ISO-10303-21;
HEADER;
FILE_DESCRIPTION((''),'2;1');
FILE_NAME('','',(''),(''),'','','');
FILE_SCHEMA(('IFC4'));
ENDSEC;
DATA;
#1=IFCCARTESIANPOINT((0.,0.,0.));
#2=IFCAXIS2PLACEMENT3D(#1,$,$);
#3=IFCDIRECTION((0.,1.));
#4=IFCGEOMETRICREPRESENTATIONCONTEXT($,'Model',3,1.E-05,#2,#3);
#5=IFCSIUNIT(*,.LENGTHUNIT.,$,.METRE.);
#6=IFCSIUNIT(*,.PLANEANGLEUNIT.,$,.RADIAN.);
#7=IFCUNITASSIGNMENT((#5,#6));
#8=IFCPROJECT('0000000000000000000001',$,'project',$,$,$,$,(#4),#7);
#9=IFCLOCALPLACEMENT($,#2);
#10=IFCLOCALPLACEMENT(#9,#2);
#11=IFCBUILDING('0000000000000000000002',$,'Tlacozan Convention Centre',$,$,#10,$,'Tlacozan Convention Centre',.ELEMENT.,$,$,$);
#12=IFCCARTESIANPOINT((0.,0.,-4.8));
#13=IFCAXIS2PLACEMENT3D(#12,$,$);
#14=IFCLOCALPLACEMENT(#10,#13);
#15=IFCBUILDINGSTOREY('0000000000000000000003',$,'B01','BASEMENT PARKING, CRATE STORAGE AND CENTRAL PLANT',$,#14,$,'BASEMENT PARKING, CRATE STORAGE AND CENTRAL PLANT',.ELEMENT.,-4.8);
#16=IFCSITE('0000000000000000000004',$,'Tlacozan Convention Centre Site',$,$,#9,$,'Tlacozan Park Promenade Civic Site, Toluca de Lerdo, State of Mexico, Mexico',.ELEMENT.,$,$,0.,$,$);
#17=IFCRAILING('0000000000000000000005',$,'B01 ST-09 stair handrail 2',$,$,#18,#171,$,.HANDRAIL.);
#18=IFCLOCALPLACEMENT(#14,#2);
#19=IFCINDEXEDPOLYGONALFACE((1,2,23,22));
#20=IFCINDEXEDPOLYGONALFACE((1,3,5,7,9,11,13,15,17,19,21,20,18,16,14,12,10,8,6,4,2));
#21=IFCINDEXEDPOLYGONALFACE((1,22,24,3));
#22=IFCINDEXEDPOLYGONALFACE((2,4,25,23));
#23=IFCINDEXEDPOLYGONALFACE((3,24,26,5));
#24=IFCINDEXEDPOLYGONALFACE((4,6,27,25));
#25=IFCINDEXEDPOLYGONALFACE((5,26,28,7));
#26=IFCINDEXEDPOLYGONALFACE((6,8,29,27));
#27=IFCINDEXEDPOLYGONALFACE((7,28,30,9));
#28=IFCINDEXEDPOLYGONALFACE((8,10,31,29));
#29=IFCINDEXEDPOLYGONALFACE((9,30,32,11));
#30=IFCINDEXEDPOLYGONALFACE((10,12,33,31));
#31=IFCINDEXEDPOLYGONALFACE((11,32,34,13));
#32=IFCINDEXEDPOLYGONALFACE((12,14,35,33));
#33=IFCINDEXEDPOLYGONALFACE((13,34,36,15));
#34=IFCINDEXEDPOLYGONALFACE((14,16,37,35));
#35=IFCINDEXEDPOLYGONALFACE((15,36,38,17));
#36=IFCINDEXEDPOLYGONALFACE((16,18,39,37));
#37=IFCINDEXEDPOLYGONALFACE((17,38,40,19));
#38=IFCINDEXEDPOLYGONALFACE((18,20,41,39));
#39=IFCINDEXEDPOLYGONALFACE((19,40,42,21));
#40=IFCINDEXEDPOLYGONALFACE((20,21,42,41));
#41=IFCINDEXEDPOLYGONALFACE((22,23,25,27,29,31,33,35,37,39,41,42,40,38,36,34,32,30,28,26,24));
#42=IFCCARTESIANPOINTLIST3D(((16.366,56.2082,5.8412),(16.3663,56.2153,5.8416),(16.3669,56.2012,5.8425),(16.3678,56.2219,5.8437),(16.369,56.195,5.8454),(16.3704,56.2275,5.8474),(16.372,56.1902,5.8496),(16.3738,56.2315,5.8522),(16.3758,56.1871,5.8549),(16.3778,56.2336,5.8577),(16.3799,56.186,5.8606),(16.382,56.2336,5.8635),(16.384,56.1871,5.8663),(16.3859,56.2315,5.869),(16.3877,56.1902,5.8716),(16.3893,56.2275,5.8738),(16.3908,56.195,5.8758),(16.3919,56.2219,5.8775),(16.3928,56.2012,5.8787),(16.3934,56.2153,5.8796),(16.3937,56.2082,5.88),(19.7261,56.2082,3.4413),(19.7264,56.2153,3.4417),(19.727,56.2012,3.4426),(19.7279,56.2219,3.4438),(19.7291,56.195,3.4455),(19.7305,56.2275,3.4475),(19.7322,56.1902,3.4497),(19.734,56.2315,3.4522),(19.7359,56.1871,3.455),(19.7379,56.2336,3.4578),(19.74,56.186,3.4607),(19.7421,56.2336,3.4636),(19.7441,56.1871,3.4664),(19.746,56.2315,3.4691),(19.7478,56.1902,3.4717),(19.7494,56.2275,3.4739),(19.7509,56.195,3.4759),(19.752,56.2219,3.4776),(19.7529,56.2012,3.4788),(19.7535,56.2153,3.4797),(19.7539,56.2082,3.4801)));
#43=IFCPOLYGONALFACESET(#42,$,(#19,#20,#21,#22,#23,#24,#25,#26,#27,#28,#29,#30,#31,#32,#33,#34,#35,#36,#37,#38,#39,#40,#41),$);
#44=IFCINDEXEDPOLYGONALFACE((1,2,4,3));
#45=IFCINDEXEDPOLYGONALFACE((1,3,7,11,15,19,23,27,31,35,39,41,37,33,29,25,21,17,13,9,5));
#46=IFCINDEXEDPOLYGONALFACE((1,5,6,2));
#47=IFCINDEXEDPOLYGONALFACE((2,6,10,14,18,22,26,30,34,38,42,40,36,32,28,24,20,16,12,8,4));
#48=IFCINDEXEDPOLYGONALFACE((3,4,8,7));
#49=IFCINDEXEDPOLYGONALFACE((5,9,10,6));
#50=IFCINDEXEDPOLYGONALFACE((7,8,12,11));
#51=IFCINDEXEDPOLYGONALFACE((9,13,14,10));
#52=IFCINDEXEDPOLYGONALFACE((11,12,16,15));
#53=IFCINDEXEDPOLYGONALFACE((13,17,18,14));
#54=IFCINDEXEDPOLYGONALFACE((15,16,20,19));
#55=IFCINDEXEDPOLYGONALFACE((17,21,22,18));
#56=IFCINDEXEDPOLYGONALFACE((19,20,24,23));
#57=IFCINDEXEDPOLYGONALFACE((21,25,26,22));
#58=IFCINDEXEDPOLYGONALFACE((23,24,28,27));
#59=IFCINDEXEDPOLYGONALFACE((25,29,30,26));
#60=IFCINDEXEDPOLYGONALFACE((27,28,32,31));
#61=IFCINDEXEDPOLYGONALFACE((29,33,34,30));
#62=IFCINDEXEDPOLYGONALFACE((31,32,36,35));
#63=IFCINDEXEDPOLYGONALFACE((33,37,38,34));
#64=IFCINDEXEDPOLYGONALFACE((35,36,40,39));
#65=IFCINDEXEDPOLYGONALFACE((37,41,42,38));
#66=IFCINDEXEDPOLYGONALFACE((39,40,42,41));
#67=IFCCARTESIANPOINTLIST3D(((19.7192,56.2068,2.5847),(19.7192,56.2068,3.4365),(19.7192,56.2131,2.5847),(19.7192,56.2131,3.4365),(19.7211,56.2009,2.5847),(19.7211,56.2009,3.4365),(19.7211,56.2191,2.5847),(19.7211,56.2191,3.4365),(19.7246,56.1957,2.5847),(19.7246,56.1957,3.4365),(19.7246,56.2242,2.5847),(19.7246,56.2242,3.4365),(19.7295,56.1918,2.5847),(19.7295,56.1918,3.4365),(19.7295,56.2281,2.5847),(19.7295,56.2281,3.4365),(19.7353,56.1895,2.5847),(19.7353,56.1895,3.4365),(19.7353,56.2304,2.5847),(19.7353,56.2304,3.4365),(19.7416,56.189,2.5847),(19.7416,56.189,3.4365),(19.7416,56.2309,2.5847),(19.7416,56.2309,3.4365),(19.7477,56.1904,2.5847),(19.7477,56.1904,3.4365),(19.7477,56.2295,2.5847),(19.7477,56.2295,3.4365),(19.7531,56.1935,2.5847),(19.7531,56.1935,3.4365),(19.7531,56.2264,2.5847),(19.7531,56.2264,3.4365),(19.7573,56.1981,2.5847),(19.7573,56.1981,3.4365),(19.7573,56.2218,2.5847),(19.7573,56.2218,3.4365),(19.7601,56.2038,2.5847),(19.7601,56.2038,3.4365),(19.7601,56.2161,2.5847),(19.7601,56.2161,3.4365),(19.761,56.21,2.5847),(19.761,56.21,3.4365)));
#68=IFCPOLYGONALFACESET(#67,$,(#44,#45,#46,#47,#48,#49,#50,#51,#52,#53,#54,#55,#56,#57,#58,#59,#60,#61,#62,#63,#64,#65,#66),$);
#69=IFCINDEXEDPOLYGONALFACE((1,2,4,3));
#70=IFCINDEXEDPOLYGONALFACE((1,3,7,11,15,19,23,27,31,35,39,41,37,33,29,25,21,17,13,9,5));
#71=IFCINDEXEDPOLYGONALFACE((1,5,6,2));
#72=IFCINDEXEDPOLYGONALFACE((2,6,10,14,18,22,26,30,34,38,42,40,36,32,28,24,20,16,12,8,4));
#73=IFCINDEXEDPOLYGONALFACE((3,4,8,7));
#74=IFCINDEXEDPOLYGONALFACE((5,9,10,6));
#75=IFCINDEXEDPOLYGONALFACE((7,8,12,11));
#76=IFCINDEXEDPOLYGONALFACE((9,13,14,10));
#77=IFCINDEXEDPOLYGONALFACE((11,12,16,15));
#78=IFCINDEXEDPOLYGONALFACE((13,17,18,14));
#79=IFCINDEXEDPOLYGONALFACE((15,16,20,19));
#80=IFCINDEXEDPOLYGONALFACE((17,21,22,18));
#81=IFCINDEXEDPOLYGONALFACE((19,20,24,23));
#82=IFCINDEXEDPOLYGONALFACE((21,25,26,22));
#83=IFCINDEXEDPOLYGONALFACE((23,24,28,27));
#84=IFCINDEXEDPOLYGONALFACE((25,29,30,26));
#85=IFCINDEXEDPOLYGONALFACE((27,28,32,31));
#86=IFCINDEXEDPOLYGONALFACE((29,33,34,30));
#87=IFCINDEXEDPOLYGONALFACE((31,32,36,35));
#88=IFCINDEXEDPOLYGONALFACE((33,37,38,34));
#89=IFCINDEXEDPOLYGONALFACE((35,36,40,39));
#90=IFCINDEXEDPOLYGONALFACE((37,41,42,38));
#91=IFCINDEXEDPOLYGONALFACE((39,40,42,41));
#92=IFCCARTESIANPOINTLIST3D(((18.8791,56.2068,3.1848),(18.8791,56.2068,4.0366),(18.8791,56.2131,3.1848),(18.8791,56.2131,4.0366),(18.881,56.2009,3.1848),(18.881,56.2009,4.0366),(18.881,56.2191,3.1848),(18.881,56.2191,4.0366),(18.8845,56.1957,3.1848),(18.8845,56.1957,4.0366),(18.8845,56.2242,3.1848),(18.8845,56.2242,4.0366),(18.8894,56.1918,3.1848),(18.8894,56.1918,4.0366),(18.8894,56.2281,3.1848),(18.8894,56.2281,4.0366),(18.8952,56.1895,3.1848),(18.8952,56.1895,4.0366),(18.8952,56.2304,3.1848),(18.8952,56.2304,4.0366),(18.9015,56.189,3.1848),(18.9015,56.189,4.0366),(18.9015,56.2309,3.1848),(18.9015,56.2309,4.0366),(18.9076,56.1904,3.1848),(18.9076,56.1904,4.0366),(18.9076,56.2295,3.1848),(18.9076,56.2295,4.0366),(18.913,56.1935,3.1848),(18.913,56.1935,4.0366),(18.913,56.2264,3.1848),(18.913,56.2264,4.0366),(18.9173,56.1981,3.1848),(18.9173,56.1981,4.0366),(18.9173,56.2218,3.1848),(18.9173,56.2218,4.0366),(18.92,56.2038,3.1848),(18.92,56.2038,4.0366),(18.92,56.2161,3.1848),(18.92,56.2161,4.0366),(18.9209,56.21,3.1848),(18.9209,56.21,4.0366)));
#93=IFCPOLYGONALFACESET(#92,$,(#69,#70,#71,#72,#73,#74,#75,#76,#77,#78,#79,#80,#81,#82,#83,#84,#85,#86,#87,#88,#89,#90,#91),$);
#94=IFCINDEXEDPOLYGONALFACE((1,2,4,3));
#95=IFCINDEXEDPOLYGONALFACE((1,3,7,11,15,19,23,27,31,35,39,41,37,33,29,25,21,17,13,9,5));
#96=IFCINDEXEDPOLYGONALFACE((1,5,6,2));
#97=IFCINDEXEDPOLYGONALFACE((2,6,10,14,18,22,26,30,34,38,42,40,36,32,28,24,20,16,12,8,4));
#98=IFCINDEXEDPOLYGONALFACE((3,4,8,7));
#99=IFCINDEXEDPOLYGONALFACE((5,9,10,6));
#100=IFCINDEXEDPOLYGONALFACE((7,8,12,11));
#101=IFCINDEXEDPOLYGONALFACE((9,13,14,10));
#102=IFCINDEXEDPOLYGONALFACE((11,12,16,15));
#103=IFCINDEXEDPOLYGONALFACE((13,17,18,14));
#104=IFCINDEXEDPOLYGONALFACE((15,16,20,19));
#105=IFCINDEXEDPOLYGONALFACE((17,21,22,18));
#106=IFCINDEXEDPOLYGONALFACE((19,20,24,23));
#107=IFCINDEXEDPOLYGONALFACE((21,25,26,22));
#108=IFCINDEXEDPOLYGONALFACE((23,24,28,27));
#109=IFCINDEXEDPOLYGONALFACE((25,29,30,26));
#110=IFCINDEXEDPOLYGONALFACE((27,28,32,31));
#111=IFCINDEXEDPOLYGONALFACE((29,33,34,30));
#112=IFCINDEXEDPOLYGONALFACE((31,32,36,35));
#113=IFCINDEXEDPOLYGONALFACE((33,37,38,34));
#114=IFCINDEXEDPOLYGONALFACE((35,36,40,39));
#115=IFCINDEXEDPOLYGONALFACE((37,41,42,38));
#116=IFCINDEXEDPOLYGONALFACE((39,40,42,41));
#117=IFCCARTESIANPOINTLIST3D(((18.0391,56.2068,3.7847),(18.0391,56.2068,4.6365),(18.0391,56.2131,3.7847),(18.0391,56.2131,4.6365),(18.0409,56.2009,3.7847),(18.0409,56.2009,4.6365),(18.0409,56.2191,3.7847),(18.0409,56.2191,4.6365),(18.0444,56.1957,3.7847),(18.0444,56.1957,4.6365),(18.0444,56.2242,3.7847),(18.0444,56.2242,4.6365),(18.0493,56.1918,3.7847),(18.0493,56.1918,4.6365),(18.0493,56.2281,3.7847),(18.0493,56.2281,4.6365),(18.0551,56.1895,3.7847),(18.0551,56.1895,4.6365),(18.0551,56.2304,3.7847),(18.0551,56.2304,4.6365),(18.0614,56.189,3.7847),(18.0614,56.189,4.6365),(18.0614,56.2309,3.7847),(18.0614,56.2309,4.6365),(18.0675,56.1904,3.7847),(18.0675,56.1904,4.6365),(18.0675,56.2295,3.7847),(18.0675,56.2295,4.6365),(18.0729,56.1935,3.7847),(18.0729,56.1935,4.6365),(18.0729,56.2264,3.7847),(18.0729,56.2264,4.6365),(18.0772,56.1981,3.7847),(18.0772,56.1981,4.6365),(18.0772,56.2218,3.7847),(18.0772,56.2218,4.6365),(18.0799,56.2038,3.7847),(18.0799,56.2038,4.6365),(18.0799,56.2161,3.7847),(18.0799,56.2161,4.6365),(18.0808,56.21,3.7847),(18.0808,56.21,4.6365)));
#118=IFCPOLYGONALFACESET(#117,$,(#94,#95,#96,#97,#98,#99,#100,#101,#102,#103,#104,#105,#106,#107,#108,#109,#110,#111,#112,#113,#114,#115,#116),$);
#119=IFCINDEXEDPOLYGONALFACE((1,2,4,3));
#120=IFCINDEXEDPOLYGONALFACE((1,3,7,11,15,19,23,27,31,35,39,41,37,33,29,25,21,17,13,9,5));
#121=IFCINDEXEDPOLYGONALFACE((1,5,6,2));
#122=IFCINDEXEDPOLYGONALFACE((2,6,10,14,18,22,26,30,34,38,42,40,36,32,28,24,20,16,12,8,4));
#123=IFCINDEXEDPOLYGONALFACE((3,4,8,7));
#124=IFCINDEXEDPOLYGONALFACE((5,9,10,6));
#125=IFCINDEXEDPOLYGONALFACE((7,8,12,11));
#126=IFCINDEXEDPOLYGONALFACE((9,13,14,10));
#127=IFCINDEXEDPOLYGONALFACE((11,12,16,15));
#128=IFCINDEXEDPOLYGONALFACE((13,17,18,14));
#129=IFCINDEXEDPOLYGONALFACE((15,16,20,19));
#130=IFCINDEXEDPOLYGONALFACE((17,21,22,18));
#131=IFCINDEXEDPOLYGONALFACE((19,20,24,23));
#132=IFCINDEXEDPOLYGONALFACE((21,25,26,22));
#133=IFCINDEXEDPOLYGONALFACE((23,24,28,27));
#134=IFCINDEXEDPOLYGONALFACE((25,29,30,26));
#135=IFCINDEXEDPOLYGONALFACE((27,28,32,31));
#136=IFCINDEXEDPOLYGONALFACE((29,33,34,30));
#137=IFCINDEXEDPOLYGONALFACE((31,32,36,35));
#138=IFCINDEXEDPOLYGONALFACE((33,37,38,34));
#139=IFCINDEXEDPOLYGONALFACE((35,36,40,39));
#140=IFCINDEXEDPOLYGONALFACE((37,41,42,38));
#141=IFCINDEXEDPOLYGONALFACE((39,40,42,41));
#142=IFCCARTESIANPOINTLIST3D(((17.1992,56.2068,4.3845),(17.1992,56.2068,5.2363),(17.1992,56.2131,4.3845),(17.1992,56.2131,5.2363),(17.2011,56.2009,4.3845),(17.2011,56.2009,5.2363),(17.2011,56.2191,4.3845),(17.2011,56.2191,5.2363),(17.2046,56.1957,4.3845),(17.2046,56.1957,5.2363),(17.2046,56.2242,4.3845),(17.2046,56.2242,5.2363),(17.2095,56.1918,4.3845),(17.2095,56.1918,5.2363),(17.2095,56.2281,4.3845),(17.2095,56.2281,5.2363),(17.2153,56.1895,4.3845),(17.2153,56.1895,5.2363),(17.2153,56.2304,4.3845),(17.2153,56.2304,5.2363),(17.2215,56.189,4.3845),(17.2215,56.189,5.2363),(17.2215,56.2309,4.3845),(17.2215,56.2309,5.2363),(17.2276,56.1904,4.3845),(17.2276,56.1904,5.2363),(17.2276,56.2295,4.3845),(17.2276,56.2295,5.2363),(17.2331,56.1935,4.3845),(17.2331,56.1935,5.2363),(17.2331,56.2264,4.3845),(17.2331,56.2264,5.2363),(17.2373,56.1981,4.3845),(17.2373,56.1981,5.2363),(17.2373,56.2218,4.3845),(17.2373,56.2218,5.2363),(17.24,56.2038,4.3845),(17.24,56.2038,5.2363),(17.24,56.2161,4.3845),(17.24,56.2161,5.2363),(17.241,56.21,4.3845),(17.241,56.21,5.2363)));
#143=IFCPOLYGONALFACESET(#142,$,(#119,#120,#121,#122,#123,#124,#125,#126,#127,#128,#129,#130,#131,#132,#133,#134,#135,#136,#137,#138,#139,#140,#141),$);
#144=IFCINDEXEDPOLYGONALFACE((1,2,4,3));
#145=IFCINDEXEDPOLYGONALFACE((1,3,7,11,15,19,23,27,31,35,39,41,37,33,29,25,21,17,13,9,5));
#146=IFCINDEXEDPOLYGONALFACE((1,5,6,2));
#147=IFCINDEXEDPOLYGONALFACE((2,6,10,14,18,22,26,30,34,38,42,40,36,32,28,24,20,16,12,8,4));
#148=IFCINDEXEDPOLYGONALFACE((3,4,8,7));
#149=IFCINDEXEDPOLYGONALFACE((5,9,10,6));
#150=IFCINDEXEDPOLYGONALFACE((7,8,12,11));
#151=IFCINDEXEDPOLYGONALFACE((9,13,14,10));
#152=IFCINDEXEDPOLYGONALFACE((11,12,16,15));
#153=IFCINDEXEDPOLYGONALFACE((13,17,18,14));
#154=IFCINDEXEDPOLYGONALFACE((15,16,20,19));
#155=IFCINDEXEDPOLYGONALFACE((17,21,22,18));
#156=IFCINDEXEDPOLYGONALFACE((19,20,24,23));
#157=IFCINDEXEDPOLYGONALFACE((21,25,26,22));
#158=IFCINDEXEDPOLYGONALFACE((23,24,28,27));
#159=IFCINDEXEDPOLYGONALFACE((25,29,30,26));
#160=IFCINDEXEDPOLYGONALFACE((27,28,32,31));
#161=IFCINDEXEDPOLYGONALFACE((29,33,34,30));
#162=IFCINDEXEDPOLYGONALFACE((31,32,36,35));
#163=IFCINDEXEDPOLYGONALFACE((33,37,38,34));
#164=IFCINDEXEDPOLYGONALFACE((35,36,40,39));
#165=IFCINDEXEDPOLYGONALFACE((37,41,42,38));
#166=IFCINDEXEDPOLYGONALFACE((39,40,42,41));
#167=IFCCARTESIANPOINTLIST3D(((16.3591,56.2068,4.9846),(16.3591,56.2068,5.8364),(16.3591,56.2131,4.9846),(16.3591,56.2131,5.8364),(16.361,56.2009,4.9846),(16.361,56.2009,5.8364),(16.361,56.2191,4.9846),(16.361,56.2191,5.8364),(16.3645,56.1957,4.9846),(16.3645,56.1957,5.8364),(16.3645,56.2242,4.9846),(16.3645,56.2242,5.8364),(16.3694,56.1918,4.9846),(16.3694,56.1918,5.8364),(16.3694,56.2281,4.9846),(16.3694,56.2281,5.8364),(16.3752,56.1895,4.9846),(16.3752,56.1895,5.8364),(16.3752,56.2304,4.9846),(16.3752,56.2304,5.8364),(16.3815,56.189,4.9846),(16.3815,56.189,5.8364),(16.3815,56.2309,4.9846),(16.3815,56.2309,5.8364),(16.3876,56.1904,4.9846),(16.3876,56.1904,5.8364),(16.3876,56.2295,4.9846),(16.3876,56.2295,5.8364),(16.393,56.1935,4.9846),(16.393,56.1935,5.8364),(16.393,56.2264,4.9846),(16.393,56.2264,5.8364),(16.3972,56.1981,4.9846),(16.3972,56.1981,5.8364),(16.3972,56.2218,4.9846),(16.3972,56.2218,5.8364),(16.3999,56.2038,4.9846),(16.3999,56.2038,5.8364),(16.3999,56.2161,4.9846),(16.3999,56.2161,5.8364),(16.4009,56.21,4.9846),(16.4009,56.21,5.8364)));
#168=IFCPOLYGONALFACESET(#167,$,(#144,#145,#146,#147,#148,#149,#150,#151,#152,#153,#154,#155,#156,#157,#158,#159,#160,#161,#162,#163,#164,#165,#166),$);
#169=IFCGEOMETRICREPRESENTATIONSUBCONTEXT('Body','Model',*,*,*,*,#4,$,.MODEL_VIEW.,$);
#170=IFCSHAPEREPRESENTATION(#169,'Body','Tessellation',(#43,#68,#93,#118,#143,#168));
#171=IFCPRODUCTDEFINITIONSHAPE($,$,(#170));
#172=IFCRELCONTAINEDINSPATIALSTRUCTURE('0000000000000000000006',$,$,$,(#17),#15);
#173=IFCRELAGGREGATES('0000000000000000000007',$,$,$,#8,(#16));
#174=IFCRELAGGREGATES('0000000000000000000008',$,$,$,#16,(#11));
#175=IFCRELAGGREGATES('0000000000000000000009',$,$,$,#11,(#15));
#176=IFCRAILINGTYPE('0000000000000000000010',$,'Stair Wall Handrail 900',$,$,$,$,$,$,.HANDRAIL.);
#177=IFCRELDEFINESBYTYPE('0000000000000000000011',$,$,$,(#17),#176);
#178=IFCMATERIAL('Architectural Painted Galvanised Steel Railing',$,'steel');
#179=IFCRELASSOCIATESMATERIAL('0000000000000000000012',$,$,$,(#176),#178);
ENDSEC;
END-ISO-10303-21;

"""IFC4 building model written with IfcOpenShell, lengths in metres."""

from ifc_helpers import new_model, si_unit, direction, frame, origin, origin_2d, place, context, subcontext, project, spatial, circle, extrude, material, type_object, element, save


model = new_model("IFC4")

# Units and contexts
model_context = context("Model", 3, precision=1e-05, world=origin(), true_north=direction((0.0, 1.0)))
body_context = subcontext(model_context, "Body", "Model", "MODEL_VIEW")
ifc_project = project(units=[si_unit("LENGTHUNIT", "METRE"), si_unit("PLANEANGLEUNIT", "RADIAN")], contexts=[model_context])

# Site, building, storey
site_placement = place(None, origin())
site = spatial("IfcSite", under=ifc_project, at=site_placement, Name="Tlacozan Convention Centre Site", LongName="Tlacozan Park Promenade Civic Site, Toluca de Lerdo, State of Mexico, Mexico", CompositionType="ELEMENT", RefElevation=0.0)
building_placement = place(site_placement, origin())
building = spatial("IfcBuilding", under=site, at=building_placement, Name="Tlacozan Convention Centre", LongName="Tlacozan Convention Centre", CompositionType="ELEMENT")
storey_placement = place(building_placement, frame((0.0, 0.0, -4.8)))
storey = spatial("IfcBuildingStorey", under=building, at=storey_placement, Name="B01", Description="BASEMENT PARKING, CRATE STORAGE AND CENTRAL PLANT", LongName="BASEMENT PARKING, CRATE STORAGE AND CENTRAL PLANT", CompositionType="ELEMENT", Elevation=-4.8)

# Railing
ifc_material_1 = material(Name="Architectural Painted Galvanised Steel Railing", Category="steel")
railing_type_1 = type_object("IfcRailingType", Name="Stair Wall Handrail 900", PredefinedType="HANDRAIL", material=ifc_material_1)
railing_1_placement = place(storey_placement, frame((19.74, 56.21, 2.5847)))
element("IfcRailing", 1, at=railing_1_placement, inside=storey, type_object=railing_type_1, Name="B01 ST-09 stair handrail 2", PredefinedType="HANDRAIL", context=body_context, shape_type="SweptSolid", body=[
    extrude(circle(Radius=0.0239, at=origin_2d()), frame((0.0, 0.0, 0.876), z_axis=(-0.813753, 0.0, 0.58121), x_axis=(0.0, -1.0, 0.0)), (0.0, 0.0, 1.0), 4.1292),
    extrude(circle(Radius=0.021, at=origin_2d()), origin(), (0.0, 0.0, 1.0), 0.8518),
    extrude(circle(Radius=0.021, at=origin_2d()), frame((-0.8401, 0.0, 0.6001)), (0.0, 0.0, 1.0), 0.8518),
    extrude(circle(Radius=0.021, at=origin_2d()), frame((-1.6802, 0.0, 1.2)), (0.0, 0.0, 1.0), 0.8518),
    extrude(circle(Radius=0.021, at=origin_2d()), frame((-2.52, 0.0, 1.7998)), (0.0, 0.0, 1.0), 0.8518),
    extrude(circle(Radius=0.021, at=origin_2d()), frame((-3.3601, 0.0, 2.3999)), (0.0, 0.0, 1.0), 0.8518),
])

save(model, "model.ifc")
